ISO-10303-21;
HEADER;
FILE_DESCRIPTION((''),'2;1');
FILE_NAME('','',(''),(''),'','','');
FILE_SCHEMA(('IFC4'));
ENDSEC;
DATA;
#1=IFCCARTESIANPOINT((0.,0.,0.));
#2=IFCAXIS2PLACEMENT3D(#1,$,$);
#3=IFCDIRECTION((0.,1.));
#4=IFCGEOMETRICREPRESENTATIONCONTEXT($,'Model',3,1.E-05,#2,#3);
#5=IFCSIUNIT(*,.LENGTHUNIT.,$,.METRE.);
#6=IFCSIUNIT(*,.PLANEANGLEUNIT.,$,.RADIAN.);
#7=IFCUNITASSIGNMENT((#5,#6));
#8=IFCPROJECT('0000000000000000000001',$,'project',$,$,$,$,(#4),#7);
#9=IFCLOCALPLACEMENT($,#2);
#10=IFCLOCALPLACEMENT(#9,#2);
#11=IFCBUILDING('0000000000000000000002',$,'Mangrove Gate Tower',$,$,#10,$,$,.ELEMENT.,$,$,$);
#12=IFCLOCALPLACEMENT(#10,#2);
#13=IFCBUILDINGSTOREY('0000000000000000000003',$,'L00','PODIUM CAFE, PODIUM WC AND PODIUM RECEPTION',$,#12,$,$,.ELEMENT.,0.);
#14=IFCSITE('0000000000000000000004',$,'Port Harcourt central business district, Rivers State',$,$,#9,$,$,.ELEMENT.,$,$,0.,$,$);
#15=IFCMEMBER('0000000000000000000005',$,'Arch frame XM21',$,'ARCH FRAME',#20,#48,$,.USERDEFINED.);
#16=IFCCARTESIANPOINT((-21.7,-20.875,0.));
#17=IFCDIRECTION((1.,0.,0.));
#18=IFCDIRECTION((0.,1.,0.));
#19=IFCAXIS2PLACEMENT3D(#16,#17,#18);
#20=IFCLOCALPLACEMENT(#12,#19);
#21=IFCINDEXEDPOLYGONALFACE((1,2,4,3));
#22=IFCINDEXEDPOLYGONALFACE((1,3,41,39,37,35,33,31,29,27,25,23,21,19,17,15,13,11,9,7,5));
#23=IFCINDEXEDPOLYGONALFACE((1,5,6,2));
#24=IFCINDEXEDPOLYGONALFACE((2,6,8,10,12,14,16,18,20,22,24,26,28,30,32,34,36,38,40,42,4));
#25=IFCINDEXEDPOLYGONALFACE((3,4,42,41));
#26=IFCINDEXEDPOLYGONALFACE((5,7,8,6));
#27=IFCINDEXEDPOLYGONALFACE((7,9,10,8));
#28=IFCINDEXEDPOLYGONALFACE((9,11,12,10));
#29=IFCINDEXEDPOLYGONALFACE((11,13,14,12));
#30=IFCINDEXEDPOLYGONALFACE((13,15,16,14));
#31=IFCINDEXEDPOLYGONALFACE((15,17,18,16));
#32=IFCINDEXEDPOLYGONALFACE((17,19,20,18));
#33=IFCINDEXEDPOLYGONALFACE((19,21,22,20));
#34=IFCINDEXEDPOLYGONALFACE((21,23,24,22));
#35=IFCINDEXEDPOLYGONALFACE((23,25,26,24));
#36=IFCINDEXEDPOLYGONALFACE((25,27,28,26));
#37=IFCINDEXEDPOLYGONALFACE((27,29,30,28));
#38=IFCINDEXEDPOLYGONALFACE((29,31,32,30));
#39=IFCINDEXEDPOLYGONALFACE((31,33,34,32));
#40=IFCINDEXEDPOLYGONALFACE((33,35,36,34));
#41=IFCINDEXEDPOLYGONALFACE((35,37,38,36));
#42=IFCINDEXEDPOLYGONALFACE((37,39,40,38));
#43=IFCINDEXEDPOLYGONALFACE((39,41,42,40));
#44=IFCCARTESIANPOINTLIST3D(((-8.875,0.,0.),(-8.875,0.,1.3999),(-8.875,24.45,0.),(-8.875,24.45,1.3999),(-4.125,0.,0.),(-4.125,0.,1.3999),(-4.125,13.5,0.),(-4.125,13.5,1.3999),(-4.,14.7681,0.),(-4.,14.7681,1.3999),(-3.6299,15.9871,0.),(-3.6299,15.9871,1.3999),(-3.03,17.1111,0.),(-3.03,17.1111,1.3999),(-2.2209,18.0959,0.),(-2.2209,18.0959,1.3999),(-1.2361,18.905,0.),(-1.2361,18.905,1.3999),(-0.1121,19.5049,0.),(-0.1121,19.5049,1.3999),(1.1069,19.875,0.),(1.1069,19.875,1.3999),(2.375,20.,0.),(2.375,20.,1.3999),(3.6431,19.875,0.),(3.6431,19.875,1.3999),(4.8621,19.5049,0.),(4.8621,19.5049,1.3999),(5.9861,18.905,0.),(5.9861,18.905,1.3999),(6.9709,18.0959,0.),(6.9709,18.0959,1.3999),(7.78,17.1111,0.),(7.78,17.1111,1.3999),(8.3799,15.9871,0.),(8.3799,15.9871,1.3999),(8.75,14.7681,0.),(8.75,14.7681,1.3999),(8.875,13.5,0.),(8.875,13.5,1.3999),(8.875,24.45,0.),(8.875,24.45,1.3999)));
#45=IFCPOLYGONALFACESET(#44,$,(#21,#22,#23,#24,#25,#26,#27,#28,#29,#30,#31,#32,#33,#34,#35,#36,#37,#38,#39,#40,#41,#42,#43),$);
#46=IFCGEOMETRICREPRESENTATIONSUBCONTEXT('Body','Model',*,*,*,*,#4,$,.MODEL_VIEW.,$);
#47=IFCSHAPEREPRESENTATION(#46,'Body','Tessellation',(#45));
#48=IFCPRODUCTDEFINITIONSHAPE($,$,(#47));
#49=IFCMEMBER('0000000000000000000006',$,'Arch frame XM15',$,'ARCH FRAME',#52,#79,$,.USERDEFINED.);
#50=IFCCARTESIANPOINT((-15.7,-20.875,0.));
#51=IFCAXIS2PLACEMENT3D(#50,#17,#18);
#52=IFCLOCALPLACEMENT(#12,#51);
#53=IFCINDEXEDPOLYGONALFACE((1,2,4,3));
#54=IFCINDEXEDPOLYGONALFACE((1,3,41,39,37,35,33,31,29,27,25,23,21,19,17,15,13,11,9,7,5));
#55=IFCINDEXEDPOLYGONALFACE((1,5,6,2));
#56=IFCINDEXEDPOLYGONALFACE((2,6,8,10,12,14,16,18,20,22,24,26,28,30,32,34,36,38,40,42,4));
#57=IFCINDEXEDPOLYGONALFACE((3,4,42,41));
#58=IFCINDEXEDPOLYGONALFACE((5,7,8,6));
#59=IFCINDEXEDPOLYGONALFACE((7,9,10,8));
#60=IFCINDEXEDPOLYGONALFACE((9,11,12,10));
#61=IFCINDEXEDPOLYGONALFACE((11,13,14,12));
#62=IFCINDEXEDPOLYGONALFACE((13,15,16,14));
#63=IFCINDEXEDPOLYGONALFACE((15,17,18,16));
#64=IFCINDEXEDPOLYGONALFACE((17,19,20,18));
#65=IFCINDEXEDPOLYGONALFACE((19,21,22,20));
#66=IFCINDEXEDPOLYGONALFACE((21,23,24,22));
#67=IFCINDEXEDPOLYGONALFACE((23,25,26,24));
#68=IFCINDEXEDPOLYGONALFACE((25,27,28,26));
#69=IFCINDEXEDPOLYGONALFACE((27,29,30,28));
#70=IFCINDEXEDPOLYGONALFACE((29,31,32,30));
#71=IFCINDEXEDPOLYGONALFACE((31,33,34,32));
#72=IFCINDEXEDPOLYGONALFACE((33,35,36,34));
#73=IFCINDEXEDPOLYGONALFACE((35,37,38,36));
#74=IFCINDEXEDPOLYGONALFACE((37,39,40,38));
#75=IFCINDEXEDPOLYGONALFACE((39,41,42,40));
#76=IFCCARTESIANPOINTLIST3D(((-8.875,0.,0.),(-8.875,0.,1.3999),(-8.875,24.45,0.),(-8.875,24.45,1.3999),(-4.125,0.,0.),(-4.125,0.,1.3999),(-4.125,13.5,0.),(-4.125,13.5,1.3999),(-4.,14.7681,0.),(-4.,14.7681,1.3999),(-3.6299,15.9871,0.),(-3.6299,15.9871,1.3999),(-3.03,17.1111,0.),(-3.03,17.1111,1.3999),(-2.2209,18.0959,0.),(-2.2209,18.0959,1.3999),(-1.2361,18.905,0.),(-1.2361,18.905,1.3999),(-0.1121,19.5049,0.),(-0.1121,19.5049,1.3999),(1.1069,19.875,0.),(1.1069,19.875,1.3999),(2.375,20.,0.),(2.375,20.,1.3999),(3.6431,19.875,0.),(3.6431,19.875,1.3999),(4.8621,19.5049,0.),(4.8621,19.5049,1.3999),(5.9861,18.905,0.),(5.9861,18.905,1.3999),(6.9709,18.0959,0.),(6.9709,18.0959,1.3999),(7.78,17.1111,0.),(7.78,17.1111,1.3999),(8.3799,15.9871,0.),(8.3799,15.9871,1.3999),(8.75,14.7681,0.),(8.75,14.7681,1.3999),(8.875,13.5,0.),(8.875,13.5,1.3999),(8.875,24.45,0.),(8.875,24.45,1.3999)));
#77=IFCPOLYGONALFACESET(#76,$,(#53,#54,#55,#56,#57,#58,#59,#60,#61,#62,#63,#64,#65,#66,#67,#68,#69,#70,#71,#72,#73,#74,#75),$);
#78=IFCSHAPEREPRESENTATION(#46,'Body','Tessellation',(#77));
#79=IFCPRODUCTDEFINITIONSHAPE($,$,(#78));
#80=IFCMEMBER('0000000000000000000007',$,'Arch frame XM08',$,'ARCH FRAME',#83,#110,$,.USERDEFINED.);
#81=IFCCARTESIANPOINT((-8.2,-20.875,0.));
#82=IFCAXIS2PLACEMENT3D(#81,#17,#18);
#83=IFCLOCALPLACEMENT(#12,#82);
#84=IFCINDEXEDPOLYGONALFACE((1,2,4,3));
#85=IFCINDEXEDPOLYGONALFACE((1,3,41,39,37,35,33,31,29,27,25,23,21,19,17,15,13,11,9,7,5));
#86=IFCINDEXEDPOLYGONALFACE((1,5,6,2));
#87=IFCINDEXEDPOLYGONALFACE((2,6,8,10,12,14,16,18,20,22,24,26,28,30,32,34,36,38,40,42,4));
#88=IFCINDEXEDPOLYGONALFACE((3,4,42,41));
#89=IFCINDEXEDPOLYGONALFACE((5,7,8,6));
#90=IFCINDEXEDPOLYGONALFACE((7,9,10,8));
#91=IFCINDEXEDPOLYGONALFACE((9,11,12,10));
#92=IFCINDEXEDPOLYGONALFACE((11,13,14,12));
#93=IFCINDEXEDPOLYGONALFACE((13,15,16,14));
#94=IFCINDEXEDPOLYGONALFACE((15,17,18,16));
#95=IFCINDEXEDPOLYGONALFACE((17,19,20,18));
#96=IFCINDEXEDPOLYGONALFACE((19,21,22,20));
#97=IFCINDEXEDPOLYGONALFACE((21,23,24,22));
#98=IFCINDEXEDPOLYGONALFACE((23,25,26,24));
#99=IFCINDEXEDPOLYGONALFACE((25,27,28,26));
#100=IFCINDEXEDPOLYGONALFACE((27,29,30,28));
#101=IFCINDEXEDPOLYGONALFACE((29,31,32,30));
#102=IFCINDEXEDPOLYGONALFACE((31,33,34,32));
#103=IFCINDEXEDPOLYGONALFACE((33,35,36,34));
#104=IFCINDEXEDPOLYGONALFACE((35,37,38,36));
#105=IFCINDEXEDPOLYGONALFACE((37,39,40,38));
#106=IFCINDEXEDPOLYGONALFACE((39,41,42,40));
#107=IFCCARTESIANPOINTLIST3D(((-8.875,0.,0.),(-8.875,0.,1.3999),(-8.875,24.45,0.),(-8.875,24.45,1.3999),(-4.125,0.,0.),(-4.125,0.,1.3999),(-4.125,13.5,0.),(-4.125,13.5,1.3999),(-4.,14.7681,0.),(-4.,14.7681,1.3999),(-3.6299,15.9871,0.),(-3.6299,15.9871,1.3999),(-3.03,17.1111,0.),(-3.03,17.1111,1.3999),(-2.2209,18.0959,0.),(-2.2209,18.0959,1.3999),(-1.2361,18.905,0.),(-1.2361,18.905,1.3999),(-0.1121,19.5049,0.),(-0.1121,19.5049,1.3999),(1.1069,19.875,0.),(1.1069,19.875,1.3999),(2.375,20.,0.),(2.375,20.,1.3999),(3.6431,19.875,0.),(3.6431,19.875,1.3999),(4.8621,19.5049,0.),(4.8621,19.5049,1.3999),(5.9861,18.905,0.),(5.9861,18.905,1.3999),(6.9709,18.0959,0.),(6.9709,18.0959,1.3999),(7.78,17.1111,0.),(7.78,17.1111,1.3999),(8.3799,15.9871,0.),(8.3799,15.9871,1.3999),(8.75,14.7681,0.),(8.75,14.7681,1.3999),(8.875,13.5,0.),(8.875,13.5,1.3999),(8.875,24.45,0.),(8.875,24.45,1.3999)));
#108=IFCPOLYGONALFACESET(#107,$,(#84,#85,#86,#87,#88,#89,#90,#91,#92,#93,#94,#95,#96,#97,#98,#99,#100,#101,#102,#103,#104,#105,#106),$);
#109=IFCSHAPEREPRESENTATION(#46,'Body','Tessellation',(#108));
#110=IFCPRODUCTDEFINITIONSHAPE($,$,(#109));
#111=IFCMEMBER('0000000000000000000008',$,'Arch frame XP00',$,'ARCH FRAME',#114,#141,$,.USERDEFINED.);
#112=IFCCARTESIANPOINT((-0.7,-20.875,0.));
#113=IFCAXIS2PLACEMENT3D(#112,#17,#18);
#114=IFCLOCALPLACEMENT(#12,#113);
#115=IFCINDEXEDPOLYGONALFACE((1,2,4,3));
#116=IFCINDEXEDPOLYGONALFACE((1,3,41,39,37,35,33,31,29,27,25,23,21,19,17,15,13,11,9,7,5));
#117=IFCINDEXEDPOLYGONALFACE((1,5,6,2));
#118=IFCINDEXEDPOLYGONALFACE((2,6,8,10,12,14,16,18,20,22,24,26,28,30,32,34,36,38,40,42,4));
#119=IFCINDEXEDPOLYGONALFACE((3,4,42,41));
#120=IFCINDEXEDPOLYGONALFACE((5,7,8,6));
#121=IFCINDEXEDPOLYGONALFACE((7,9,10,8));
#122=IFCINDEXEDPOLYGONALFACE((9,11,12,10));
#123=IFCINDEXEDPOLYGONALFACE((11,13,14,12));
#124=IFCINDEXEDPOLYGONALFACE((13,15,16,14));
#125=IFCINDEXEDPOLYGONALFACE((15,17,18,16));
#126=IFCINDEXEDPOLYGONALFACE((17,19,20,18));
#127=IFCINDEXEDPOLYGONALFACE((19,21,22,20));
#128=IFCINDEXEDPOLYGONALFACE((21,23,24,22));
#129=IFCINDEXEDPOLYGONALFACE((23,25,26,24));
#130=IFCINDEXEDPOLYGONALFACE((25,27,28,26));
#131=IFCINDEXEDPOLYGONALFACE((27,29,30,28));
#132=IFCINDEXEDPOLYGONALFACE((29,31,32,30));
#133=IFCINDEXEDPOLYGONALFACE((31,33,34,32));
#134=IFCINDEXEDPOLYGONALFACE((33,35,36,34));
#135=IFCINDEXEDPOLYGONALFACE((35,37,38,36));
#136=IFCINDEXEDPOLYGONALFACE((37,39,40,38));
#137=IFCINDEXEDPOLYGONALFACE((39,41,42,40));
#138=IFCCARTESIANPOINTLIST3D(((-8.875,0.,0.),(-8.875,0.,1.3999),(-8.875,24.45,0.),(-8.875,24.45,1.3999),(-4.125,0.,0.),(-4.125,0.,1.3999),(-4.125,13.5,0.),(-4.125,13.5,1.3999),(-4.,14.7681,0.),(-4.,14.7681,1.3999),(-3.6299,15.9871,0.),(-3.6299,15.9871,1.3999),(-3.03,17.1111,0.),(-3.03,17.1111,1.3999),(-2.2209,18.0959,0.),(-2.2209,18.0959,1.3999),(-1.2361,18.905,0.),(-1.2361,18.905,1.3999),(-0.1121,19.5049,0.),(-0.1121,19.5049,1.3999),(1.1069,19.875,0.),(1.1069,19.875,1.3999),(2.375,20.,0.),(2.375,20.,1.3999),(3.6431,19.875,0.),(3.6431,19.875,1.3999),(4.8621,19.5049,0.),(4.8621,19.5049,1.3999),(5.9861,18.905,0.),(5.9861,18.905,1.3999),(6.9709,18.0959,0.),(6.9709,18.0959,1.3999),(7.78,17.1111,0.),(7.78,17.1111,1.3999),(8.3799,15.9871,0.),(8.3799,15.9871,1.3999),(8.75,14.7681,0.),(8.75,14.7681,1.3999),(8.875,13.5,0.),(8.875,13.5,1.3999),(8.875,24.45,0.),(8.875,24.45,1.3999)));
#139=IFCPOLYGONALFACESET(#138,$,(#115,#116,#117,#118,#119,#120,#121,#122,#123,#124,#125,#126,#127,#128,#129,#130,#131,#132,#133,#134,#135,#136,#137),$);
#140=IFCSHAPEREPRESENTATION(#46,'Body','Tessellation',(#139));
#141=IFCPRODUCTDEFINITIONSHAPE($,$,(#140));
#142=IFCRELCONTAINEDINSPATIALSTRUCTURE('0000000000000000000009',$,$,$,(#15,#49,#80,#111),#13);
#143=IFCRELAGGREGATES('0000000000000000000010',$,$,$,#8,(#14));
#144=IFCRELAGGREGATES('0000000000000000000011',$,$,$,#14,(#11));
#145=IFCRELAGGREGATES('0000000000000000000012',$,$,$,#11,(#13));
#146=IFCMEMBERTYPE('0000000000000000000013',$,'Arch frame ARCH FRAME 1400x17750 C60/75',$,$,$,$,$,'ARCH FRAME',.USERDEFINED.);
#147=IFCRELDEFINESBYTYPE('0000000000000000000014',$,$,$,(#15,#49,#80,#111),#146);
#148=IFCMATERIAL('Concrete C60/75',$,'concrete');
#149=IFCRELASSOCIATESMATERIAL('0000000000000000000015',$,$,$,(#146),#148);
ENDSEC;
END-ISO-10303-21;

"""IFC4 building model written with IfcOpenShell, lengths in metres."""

from ifc_helpers import new_model, si_unit, direction, frame, origin, place, context, subcontext, project, spatial, polyline, outline, extrude, material, material_profile, profile_set, type_object, element, save


model = new_model("IFC4")

# Units and contexts
model_context = context("Model", 3, precision=1e-05, world=origin(), true_north=direction((0.0, 1.0)))
body_context = subcontext(model_context, "Body", "Model", "MODEL_VIEW")
ifc_project = project(units=[si_unit("LENGTHUNIT", "METRE"), si_unit("PLANEANGLEUNIT", "RADIAN")], contexts=[model_context])

# Site, building, storey
site_placement = place(None, origin())
site = spatial("IfcSite", under=ifc_project, at=site_placement, Name="Port Harcourt central business district, Rivers State", CompositionType="ELEMENT", RefElevation=0.0)
building_placement = place(site_placement, origin())
building = spatial("IfcBuilding", under=site, at=building_placement, Name="Mangrove Gate Tower", CompositionType="ELEMENT")
storey_placement = place(building_placement, origin())
storey = spatial("IfcBuildingStorey", under=building, at=storey_placement, Name="L00", Description="PODIUM CAFE, PODIUM WC AND PODIUM RECEPTION", CompositionType="ELEMENT", Elevation=0.0)

# Members
ifc_material_1 = material(Name="Concrete C60/75", Category="concrete")
ifc_material_profile_1 = material_profile(ifc_material_1, outline(polyline([(-8.875, 0.0), (-4.125, 0.0), (-4.125, 13.5), (-4.0, 14.7681), (-3.6299, 15.9871), (-3.03, 17.1111), (-2.2209, 18.0959), (-1.2361, 18.905), (-0.1121, 19.5049), (1.1069, 19.875), (2.375, 20.0), (3.6431, 19.875), (4.8621, 19.5049), (5.9861, 18.905), (6.9709, 18.0959), (7.78, 17.1111), (8.3799, 15.9871), (8.75, 14.7681), (8.875, 13.5), (8.875, 24.45), (-8.875, 24.45), (-8.875, 0.0)])))
ifc_profile_set_1 = profile_set([ifc_material_profile_1], Name="Concrete C60/75")
member_type_1 = type_object("IfcMemberType", Name="Arch frame ARCH FRAME 1400x17750 C60/75", ElementType="ARCH FRAME", PredefinedType="USERDEFINED", material=ifc_profile_set_1)
for number, where, z_axis, x_axis, name in (
    (1, (-21.7, -20.875, 0.0), (1.0, 0.0, 0.0), (0.0, 1.0, 0.0), "Arch frame XM21"),
    (2, (-15.7, -20.875, 0.0), (1.0, 0.0, 0.0), (0.0, 1.0, 0.0), "Arch frame XM15"),
    (3, (-8.2, -20.875, 0.0), (1.0, 0.0, 0.0), (0.0, 1.0, 0.0), "Arch frame XM08"),
    (4, (-0.7, -20.875, 0.0), (1.0, 0.0, 0.0), (0.0, 1.0, 0.0), "Arch frame XP00"),
):
    element("IfcMember", number, at=place(storey_placement, frame(where, z_axis=z_axis, x_axis=x_axis)), inside=storey, type_object=member_type_1, Name=name, ObjectType="ARCH FRAME", PredefinedType="USERDEFINED", context=body_context, shape_type="SweptSolid", body=[
        extrude(outline(polyline([(-8.875, 0.0), (-4.125, 0.0), (-4.125, 13.5), (-4.0, 14.7681), (-3.6299, 15.9871), (-3.03, 17.1111), (-2.2209, 18.0959), (-1.2361, 18.905), (-0.1121, 19.5049), (1.1069, 19.875), (2.375, 20.0), (3.6431, 19.875), (4.8621, 19.5049), (5.9861, 18.905), (6.9709, 18.0959), (7.78, 17.1111), (8.3799, 15.9871), (8.75, 14.7681), (8.875, 13.5), (8.875, 24.45), (-8.875, 24.45), (-8.875, 0.0)])), origin(), (0.0, 0.0, 1.0), 1.3999),
    ])

save(model, "model.ifc")
